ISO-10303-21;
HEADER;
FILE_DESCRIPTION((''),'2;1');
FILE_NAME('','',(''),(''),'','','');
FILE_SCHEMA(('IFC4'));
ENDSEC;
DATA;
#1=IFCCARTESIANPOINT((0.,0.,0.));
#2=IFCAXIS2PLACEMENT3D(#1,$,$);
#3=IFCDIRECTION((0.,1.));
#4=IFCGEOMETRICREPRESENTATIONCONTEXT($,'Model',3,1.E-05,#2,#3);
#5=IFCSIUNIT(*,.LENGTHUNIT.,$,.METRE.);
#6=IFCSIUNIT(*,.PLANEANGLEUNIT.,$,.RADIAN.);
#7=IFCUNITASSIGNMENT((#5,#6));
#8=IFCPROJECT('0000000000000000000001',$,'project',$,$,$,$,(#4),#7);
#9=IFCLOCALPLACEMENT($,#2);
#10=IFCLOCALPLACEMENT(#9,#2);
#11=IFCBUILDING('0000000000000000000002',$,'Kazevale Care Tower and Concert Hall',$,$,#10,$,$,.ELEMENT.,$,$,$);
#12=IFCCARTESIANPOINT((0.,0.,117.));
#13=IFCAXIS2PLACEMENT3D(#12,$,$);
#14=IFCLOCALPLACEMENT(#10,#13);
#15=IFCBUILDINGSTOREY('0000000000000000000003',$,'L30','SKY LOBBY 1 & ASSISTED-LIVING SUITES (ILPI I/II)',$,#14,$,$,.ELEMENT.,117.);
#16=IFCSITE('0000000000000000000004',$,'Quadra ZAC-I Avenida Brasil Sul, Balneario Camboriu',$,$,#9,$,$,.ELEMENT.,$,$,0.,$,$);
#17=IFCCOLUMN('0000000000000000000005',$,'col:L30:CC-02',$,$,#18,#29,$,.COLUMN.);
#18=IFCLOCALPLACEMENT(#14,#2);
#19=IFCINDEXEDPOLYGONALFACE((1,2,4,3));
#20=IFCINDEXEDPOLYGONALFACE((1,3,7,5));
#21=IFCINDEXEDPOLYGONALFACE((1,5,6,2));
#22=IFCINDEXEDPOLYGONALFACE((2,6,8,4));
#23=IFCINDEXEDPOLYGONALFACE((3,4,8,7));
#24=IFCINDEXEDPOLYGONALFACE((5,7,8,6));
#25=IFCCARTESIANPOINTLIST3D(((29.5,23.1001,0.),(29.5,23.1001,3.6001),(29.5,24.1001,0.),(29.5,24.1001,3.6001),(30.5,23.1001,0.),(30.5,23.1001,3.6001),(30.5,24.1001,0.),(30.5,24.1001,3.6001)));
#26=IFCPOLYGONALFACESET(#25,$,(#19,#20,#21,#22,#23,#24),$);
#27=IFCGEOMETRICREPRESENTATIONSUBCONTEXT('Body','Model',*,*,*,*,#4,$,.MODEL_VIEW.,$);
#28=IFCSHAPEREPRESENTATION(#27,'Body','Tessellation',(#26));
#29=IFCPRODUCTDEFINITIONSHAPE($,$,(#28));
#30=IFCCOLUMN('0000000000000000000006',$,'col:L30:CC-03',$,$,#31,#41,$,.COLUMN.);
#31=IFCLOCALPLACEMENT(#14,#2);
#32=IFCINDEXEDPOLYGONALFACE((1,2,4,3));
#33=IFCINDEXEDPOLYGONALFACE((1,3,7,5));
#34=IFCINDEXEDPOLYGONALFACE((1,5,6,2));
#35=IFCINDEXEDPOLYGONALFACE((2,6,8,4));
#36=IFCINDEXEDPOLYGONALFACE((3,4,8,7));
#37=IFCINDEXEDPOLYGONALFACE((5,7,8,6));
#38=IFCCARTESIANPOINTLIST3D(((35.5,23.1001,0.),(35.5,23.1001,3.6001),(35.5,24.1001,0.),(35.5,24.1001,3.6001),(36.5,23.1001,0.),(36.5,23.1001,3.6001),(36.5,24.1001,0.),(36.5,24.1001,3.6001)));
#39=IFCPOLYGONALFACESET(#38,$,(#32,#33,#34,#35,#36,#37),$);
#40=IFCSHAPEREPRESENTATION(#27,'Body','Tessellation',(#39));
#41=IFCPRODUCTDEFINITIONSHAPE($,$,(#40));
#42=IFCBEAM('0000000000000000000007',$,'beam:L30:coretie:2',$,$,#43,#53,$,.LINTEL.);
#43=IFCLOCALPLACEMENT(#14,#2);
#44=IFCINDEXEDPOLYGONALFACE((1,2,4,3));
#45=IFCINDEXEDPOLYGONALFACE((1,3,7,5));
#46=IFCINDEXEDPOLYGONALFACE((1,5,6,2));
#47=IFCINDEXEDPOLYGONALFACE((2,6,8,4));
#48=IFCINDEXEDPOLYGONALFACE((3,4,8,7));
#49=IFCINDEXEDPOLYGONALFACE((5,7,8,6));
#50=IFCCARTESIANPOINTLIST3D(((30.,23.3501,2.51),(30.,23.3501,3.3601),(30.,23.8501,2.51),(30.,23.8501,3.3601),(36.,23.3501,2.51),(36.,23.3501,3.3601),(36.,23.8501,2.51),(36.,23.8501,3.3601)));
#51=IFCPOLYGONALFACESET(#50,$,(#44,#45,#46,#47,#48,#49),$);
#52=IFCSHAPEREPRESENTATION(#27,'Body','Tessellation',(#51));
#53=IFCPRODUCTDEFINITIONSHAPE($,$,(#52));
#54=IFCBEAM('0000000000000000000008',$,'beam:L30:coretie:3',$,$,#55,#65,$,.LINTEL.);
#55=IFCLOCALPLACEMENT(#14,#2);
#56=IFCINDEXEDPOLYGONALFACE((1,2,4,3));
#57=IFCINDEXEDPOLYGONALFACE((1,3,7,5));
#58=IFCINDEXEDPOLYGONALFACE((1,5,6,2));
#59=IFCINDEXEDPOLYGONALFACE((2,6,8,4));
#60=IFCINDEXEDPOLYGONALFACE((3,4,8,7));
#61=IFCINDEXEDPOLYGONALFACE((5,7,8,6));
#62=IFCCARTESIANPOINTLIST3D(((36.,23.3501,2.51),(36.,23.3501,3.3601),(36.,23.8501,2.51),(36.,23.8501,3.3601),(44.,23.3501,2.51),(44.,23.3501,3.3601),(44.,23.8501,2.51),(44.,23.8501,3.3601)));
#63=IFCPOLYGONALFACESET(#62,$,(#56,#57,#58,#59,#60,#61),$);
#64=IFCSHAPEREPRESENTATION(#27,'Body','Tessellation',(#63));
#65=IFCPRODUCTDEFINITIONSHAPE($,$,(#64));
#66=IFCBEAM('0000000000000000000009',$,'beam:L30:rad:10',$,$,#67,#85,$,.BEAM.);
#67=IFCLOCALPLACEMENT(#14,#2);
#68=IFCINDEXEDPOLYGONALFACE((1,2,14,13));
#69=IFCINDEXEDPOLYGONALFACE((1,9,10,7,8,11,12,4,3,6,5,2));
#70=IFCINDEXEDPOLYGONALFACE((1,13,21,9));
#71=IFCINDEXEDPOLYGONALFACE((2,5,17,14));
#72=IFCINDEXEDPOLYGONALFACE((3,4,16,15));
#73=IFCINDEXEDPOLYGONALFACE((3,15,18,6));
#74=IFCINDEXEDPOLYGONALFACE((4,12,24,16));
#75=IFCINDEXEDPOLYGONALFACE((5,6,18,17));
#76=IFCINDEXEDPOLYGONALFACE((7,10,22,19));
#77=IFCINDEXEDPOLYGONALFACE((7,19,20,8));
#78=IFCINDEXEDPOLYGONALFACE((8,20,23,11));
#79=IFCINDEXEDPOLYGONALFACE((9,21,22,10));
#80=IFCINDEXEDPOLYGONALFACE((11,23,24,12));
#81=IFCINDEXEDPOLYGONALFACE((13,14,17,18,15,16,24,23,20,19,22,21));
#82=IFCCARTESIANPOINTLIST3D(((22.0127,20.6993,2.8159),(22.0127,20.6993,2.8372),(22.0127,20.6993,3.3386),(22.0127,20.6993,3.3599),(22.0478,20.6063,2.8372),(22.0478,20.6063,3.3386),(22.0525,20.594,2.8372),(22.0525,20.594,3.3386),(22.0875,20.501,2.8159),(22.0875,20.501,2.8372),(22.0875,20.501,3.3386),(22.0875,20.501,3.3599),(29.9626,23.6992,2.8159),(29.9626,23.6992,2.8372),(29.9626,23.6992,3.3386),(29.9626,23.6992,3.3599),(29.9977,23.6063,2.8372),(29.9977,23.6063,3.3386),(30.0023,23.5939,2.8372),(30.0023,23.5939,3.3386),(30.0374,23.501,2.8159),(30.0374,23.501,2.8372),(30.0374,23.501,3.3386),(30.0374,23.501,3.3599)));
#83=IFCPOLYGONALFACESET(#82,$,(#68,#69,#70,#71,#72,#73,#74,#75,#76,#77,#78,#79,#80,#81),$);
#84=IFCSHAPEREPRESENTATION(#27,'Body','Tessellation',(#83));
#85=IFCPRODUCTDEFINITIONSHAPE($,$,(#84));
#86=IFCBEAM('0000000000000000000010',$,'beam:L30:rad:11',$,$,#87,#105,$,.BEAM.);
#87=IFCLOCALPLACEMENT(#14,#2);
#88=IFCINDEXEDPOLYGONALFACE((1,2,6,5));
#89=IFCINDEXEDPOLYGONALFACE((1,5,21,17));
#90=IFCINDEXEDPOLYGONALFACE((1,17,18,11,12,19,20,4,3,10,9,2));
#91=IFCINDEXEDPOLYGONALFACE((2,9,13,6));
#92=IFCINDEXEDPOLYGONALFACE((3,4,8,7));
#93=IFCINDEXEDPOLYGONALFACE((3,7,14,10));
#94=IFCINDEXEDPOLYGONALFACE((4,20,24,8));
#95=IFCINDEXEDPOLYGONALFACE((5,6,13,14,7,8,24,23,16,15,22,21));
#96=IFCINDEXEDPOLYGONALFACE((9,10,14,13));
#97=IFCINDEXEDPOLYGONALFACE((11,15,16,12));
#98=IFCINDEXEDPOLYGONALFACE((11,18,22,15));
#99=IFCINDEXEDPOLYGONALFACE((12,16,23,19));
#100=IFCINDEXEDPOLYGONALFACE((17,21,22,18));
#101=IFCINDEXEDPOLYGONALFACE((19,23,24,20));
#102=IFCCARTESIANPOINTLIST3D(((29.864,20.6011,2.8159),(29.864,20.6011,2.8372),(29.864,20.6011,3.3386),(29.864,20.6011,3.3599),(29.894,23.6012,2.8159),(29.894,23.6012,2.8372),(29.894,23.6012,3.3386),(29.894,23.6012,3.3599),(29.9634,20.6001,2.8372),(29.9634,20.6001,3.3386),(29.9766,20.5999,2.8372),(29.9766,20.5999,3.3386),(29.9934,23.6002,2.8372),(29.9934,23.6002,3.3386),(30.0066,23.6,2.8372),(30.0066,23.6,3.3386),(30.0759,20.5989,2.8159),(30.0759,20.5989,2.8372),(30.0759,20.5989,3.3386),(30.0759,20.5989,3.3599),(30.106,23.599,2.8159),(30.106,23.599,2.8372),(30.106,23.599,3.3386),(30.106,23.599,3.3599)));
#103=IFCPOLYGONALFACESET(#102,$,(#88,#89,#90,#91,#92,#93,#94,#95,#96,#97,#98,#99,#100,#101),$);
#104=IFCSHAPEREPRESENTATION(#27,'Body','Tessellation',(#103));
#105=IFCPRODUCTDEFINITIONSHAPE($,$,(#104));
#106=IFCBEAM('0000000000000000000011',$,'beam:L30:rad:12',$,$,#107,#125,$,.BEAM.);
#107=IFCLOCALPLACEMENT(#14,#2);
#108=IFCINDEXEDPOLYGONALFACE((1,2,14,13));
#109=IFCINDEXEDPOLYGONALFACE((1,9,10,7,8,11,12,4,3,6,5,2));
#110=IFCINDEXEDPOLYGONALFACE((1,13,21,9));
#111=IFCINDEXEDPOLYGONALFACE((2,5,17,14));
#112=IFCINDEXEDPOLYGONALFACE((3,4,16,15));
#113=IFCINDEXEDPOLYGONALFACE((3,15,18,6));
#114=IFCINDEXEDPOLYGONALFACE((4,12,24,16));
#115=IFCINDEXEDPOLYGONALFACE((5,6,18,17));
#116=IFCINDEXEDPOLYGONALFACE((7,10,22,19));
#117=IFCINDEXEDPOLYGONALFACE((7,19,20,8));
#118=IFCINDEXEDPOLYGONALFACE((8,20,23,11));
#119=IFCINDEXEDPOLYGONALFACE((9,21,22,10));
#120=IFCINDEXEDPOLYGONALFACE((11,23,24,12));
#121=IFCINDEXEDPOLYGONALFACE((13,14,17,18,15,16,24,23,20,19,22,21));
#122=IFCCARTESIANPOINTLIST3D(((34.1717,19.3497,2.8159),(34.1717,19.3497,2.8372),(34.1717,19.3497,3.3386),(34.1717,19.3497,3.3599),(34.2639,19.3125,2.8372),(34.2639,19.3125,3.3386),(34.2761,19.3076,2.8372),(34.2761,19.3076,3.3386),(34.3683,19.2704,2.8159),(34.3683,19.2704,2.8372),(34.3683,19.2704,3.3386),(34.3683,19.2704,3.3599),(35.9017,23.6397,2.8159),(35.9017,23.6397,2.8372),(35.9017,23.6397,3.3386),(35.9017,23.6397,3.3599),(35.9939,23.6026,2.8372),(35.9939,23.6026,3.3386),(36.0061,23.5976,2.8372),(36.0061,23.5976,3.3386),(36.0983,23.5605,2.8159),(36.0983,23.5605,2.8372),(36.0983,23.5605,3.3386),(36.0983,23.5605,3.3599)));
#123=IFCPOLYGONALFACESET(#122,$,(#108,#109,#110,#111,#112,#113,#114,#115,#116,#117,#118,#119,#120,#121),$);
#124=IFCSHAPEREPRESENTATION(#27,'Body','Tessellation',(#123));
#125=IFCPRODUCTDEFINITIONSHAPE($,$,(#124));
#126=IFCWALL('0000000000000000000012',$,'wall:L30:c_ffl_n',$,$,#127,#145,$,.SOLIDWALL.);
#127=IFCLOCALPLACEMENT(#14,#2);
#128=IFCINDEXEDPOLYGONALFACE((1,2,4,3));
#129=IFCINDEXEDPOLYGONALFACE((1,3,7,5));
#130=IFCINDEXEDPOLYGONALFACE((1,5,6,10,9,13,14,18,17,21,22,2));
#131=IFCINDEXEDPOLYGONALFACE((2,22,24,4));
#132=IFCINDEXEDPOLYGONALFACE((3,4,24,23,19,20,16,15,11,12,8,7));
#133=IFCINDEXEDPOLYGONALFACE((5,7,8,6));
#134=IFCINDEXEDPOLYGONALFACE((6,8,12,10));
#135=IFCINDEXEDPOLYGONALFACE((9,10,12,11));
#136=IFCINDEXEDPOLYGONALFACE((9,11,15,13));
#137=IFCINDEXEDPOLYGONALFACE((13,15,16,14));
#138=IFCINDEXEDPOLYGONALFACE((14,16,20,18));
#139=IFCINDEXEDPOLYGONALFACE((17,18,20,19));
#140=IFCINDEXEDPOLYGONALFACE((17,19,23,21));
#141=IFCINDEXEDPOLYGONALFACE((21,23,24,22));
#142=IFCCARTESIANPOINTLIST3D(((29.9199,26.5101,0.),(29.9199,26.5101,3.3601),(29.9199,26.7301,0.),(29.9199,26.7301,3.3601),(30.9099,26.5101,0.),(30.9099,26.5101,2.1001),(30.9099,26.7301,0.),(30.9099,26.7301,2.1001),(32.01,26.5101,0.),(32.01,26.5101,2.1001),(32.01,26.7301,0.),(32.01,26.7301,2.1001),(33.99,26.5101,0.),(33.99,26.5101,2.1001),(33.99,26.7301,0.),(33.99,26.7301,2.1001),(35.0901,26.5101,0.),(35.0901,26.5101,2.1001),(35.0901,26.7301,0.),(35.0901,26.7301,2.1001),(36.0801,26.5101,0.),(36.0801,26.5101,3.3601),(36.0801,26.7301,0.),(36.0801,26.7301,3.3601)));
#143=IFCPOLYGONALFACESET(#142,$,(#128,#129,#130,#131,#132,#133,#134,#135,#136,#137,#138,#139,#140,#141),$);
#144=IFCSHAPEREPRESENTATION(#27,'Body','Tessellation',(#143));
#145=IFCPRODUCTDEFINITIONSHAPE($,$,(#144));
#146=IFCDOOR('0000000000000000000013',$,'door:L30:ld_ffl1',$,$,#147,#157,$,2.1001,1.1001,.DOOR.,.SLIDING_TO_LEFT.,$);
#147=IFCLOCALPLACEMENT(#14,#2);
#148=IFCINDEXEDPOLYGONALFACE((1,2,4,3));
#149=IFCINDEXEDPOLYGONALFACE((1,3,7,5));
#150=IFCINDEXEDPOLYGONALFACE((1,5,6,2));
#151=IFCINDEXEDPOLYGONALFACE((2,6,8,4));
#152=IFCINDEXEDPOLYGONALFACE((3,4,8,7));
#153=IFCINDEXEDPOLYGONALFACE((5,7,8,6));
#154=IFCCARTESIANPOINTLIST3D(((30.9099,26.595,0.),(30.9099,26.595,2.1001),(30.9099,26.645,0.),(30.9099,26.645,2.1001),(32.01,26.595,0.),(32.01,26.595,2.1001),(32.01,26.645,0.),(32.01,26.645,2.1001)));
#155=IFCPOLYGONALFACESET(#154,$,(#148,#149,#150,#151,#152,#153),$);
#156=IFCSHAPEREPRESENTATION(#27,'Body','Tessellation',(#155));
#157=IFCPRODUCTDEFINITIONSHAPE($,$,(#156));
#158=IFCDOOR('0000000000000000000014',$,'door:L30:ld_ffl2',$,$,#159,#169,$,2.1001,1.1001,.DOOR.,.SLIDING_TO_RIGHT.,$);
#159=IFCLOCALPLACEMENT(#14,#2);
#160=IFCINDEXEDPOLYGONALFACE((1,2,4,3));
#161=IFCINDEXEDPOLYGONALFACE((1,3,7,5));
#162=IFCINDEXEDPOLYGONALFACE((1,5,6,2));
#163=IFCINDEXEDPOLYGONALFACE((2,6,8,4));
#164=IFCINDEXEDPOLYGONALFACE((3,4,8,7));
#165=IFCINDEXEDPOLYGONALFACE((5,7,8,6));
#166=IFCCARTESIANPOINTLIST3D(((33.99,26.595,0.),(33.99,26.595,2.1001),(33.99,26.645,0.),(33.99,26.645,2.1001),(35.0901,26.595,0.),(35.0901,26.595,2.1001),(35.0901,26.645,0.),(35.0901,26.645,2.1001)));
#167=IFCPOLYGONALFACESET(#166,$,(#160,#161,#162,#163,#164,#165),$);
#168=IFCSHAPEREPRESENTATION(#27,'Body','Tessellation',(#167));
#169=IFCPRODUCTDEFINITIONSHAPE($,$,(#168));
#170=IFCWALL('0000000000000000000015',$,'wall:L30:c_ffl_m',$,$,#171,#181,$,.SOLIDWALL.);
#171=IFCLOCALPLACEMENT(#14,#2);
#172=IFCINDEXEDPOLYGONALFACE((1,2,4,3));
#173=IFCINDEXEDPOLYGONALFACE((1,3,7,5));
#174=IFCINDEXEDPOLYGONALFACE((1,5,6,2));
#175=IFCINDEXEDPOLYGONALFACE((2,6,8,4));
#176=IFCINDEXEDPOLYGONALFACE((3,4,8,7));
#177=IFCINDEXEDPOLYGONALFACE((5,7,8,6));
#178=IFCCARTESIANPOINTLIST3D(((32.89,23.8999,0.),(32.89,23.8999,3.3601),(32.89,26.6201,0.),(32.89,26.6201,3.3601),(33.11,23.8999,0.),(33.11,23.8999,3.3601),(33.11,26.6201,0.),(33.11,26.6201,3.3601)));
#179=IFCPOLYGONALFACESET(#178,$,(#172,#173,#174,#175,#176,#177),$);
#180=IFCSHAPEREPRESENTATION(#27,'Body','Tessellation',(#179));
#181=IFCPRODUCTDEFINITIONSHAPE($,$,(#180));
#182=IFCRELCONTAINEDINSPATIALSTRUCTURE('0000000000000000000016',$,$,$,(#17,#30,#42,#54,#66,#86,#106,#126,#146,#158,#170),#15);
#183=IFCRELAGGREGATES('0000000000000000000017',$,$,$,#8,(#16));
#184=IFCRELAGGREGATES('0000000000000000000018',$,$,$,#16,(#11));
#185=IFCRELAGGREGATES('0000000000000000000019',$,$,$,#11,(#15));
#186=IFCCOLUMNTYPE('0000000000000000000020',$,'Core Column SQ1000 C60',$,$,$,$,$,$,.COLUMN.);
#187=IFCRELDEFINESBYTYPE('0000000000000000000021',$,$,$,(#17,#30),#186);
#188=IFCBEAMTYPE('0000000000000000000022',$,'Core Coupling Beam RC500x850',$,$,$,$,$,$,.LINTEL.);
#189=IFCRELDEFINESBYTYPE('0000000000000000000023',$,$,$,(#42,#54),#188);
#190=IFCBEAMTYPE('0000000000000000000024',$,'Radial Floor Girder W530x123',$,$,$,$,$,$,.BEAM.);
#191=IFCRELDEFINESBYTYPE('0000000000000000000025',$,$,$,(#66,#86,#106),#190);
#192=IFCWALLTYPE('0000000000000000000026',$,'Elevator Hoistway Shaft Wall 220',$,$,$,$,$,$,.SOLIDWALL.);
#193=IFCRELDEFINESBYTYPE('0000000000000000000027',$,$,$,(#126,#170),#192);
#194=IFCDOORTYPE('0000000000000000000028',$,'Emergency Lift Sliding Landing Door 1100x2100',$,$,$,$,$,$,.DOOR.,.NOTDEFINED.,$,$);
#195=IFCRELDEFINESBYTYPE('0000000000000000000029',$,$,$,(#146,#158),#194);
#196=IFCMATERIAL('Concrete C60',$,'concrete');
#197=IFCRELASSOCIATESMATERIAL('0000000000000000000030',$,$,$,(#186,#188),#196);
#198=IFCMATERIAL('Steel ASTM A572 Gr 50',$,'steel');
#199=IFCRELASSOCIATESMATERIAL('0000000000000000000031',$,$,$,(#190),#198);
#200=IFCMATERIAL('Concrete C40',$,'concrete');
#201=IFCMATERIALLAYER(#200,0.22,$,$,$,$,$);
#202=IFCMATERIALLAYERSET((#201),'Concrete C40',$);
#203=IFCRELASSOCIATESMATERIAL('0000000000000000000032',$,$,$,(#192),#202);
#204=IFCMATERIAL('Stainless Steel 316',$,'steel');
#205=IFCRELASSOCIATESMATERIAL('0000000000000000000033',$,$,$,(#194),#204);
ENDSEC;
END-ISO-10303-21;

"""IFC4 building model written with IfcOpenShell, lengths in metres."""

from ifc_helpers import new_model, si_unit, direction, frame, frame_2d, origin, origin_2d, place, context, subcontext, project, spatial, rectangle, i_section, extrude, material, layer, layer_set, material_profile, profile_set, type_object, element, fill, save


model = new_model("IFC4")

# Units and contexts
model_context = context("Model", 3, precision=1e-05, world=origin(), true_north=direction((0.0, 1.0)))
body_context = subcontext(model_context, "Body", "Model", "MODEL_VIEW")
ifc_project = project(units=[si_unit("LENGTHUNIT", "METRE"), si_unit("PLANEANGLEUNIT", "RADIAN")], contexts=[model_context])

# Site, building, storey
site_placement = place(None, origin())
site = spatial("IfcSite", under=ifc_project, at=site_placement, Name="Quadra ZAC-I Avenida Brasil Sul, Balneario Camboriu", CompositionType="ELEMENT", RefElevation=0.0)
building_placement = place(site_placement, origin())
building = spatial("IfcBuilding", under=site, at=building_placement, Name="Kazevale Care Tower and Concert Hall", CompositionType="ELEMENT")
storey_placement = place(building_placement, frame((0.0, 0.0, 117.0)))
storey = spatial("IfcBuildingStorey", under=building, at=storey_placement, Name="L30", Description="SKY LOBBY 1 & ASSISTED-LIVING SUITES (ILPI I/II)", CompositionType="ELEMENT", Elevation=117.0)

# Columns
ifc_material_1 = material(Name="Concrete C60", Category="concrete")
ifc_material_profile_1 = material_profile(ifc_material_1, rectangle(XDim=1.0, YDim=1.0, at=origin_2d()), Name="RC-SQ1000")
ifc_profile_set_1 = profile_set([ifc_material_profile_1], Name="Concrete C60")
column_type = type_object("IfcColumnType", Name="Core Column SQ1000 C60", PredefinedType="COLUMN", material=ifc_profile_set_1)
for number, where, z_axis, x_axis, name in (
    (1, (30.0, 23.6001, 0.0), (0.0, 0.0, 1.0), (1.0, 0.0, 0.0), "col:L30:CC-02"),
    (2, (36.0, 23.6001, 0.0), (0.0, 0.0, 1.0), (1.0, 0.0, 0.0), "col:L30:CC-03"),
):
    element("IfcColumn", number, at=place(storey_placement, frame(where, z_axis=z_axis, x_axis=x_axis)), inside=storey, type_object=column_type, Name=name, PredefinedType="COLUMN", context=body_context, shape_type="SweptSolid", body=[
        extrude(rectangle(XDim=1.0, YDim=1.0, at=origin_2d()), origin(), (0.0, 0.0, 1.0), 3.6001),
    ])

# Beams
ifc_material_profile_2 = material_profile(ifc_material_1, rectangle(XDim=0.5, YDim=0.8501, at=origin_2d()), Name="RC-B500x850")
ifc_profile_set_2 = profile_set([ifc_material_profile_2], Name="Concrete C60")
beam_type_1 = type_object("IfcBeamType", Name="Core Coupling Beam RC500x850", PredefinedType="LINTEL", material=ifc_profile_set_2)
beam_1_placement = place(storey_placement, frame((30.0, 23.6001, 2.9351), z_axis=(1.0, 0.0, 0.0), x_axis=(0.0, 1.0, 0.0)))
element("IfcBeam", 3, at=beam_1_placement, inside=storey, type_object=beam_type_1, Name="beam:L30:coretie:2", PredefinedType="LINTEL", context=body_context, shape_type="SweptSolid", body=[
    extrude(rectangle(XDim=0.5, YDim=0.8501, at=origin_2d()), origin(), (0.0, 0.0, 1.0), 6.0),
])
beam_2_placement = place(storey_placement, frame((36.0, 23.6001, 2.9351), z_axis=(1.0, 0.0, 0.0), x_axis=(0.0, 1.0, 0.0)))
element("IfcBeam", 4, at=beam_2_placement, inside=storey, type_object=beam_type_1, Name="beam:L30:coretie:3", PredefinedType="LINTEL", context=body_context, shape_type="SweptSolid", body=[
    extrude(rectangle(XDim=0.5, YDim=0.8501, at=origin_2d()), origin(), (0.0, 0.0, 1.0), 8.0),
])
ifc_material_2 = material(Name="Steel ASTM A572 Gr 50", Category="steel")
ifc_material_profile_3 = material_profile(ifc_material_2, i_section(OverallWidth=0.2119, OverallDepth=0.5439, WebThickness=0.0132, FlangeThickness=0.0212, at=origin_2d()), Name="W530x123")
ifc_profile_set_3 = profile_set([ifc_material_profile_3], Name="Steel ASTM A572 Gr 50")
beam_type_2 = type_object("IfcBeamType", Name="Radial Floor Girder W530x123", PredefinedType="BEAM", material=ifc_profile_set_3)
beam_3_placement = place(storey_placement, frame((30.0, 23.6001, 3.0879), z_axis=(-0.935601, -0.353059, 0.0), x_axis=(0.353059, -0.935601, 0.0)))
element("IfcBeam", 5, at=beam_3_placement, inside=storey, type_object=beam_type_2, Name="beam:L30:rad:10", PredefinedType="BEAM", context=body_context, shape_type="SweptSolid", body=[
    extrude(i_section(OverallWidth=0.2119, OverallDepth=0.5439, WebThickness=0.0132, FlangeThickness=0.0212, at=origin_2d()), origin(), (0.0, 0.0, 1.0), 8.4971),
])
beam_4_placement = place(storey_placement, frame((30.0, 23.6001, 3.0879), z_axis=(-0.010009, -0.99995, 0.0), x_axis=(0.99995, -0.010009, 0.0)))
element("IfcBeam", 6, at=beam_4_placement, inside=storey, type_object=beam_type_2, Name="beam:L30:rad:11", PredefinedType="BEAM", context=body_context, shape_type="SweptSolid", body=[
    extrude(i_section(OverallWidth=0.2119, OverallDepth=0.5439, WebThickness=0.0132, FlangeThickness=0.0212, at=origin_2d()), origin(), (0.0, 0.0, 1.0), 3.0002),
])
beam_5_placement = place(storey_placement, frame((36.0, 23.6001, 3.0879), z_axis=(-0.373992, -0.927432, 0.0), x_axis=(0.927432, -0.373992, 0.0)))
element("IfcBeam", 7, at=beam_5_placement, inside=storey, type_object=beam_type_2, Name="beam:L30:rad:12", PredefinedType="BEAM", context=body_context, shape_type="SweptSolid", body=[
    extrude(i_section(OverallWidth=0.2119, OverallDepth=0.5439, WebThickness=0.0132, FlangeThickness=0.0212, at=origin_2d()), origin(), (0.0, 0.0, 1.0), 4.6257),
])

# Wall, openings, doors
ifc_material_3 = material(Name="Concrete C40", Category="concrete")
ifc_layer_1 = layer(ifc_material_3, 0.22)
ifc_layer_set_1 = layer_set([ifc_layer_1], Name="Concrete C40")
wall_type_1 = type_object("IfcWallType", Name="Elevator Hoistway Shaft Wall 220", PredefinedType="SOLIDWALL", material=ifc_layer_set_1)
wall_1_placement = place(storey_placement, frame((29.9199, 26.6201, 0.0), z_axis=(0.0, 0.0, 1.0), x_axis=(1.0, 0.0, 0.0)))
wall_1 = element("IfcWall", 8, at=wall_1_placement, inside=storey, type_object=wall_type_1, Name="wall:L30:c_ffl_n", PredefinedType="SOLIDWALL", context=body_context, shape_type="SweptSolid", body=[
    extrude(rectangle(XDim=6.1602, YDim=0.22, at=frame_2d((3.0801, 0.0))), origin(), (0.0, 0.0, 1.0), 3.3601),
])
opening_1_placement = place(wall_1_placement, frame((0.99, 0.0, 0.0)))
opening_1 = element("IfcOpeningElement", 9, at=opening_1_placement, cuts=wall_1, PredefinedType="OPENING", context=body_context, shape_type="SweptSolid", body=[
    extrude(rectangle(XDim=1.1001, YDim=2.1001, at=frame_2d((0.55, 1.05))), frame((0.0, 0.1199, 0.0), z_axis=(0.0, -1.0, 0.0), x_axis=(1.0, 0.0, 0.0)), (0.0, 0.0, 1.0), 0.24),
])
opening_2_placement = place(wall_1_placement, frame((4.0701, 0.0, 0.0)))
opening_2 = element("IfcOpeningElement", 10, at=opening_2_placement, cuts=wall_1, PredefinedType="OPENING", context=body_context, shape_type="SweptSolid", body=[
    extrude(rectangle(XDim=1.1001, YDim=2.1001, at=frame_2d((0.55, 1.05))), frame((0.0, 0.1199, 0.0), z_axis=(0.0, -1.0, 0.0), x_axis=(1.0, 0.0, 0.0)), (0.0, 0.0, 1.0), 0.24),
])
ifc_material_4 = material(Name="Stainless Steel 316", Category="steel")
door_type_1 = type_object("IfcDoorType", Name="Emergency Lift Sliding Landing Door 1100x2100", OperationType="NOTDEFINED", PredefinedType="DOOR", material=ifc_material_4)
door_1_placement = place(opening_1_placement, origin())
door_1 = element("IfcDoor", 11, at=door_1_placement, inside=storey, type_object=door_type_1, Name="door:L30:ld_ffl1", OperationType="SLIDING_TO_LEFT", OverallHeight=2.1001, OverallWidth=1.1001, PredefinedType="DOOR", context=body_context, shape_type="SweptSolid", body=[
    extrude(rectangle(XDim=1.1001, YDim=2.1001, at=frame_2d((0.55, 1.05))), frame((0.0, 0.0249, 0.0), z_axis=(0.0, -1.0, 0.0), x_axis=(1.0, 0.0, 0.0)), (0.0, 0.0, 1.0), 0.05),
])
fill(opening_1, door_1)
door_2_placement = place(opening_2_placement, origin())
door_2 = element("IfcDoor", 12, at=door_2_placement, inside=storey, type_object=door_type_1, Name="door:L30:ld_ffl2", OperationType="SLIDING_TO_RIGHT", OverallHeight=2.1001, OverallWidth=1.1001, PredefinedType="DOOR", context=body_context, shape_type="SweptSolid", body=[
    extrude(rectangle(XDim=1.1001, YDim=2.1001, at=frame_2d((0.55, 1.05))), frame((0.0, 0.0249, 0.0), z_axis=(0.0, -1.0, 0.0), x_axis=(1.0, 0.0, 0.0)), (0.0, 0.0, 1.0), 0.05),
])
fill(opening_2, door_2)

# Wall
wall_2_placement = place(storey_placement, frame((33.0, 23.8999, 0.0), z_axis=(0.0, 0.0, 1.0), x_axis=(0.0, 1.0, 0.0)))
element("IfcWall", 13, at=wall_2_placement, inside=storey, type_object=wall_type_1, Name="wall:L30:c_ffl_m", PredefinedType="SOLIDWALL", context=body_context, shape_type="SweptSolid", body=[
    extrude(rectangle(XDim=2.7202, YDim=0.22, at=frame_2d((1.3601, 0.0))), origin(), (0.0, 0.0, 1.0), 3.3601),
])

save(model, "model.ifc")
